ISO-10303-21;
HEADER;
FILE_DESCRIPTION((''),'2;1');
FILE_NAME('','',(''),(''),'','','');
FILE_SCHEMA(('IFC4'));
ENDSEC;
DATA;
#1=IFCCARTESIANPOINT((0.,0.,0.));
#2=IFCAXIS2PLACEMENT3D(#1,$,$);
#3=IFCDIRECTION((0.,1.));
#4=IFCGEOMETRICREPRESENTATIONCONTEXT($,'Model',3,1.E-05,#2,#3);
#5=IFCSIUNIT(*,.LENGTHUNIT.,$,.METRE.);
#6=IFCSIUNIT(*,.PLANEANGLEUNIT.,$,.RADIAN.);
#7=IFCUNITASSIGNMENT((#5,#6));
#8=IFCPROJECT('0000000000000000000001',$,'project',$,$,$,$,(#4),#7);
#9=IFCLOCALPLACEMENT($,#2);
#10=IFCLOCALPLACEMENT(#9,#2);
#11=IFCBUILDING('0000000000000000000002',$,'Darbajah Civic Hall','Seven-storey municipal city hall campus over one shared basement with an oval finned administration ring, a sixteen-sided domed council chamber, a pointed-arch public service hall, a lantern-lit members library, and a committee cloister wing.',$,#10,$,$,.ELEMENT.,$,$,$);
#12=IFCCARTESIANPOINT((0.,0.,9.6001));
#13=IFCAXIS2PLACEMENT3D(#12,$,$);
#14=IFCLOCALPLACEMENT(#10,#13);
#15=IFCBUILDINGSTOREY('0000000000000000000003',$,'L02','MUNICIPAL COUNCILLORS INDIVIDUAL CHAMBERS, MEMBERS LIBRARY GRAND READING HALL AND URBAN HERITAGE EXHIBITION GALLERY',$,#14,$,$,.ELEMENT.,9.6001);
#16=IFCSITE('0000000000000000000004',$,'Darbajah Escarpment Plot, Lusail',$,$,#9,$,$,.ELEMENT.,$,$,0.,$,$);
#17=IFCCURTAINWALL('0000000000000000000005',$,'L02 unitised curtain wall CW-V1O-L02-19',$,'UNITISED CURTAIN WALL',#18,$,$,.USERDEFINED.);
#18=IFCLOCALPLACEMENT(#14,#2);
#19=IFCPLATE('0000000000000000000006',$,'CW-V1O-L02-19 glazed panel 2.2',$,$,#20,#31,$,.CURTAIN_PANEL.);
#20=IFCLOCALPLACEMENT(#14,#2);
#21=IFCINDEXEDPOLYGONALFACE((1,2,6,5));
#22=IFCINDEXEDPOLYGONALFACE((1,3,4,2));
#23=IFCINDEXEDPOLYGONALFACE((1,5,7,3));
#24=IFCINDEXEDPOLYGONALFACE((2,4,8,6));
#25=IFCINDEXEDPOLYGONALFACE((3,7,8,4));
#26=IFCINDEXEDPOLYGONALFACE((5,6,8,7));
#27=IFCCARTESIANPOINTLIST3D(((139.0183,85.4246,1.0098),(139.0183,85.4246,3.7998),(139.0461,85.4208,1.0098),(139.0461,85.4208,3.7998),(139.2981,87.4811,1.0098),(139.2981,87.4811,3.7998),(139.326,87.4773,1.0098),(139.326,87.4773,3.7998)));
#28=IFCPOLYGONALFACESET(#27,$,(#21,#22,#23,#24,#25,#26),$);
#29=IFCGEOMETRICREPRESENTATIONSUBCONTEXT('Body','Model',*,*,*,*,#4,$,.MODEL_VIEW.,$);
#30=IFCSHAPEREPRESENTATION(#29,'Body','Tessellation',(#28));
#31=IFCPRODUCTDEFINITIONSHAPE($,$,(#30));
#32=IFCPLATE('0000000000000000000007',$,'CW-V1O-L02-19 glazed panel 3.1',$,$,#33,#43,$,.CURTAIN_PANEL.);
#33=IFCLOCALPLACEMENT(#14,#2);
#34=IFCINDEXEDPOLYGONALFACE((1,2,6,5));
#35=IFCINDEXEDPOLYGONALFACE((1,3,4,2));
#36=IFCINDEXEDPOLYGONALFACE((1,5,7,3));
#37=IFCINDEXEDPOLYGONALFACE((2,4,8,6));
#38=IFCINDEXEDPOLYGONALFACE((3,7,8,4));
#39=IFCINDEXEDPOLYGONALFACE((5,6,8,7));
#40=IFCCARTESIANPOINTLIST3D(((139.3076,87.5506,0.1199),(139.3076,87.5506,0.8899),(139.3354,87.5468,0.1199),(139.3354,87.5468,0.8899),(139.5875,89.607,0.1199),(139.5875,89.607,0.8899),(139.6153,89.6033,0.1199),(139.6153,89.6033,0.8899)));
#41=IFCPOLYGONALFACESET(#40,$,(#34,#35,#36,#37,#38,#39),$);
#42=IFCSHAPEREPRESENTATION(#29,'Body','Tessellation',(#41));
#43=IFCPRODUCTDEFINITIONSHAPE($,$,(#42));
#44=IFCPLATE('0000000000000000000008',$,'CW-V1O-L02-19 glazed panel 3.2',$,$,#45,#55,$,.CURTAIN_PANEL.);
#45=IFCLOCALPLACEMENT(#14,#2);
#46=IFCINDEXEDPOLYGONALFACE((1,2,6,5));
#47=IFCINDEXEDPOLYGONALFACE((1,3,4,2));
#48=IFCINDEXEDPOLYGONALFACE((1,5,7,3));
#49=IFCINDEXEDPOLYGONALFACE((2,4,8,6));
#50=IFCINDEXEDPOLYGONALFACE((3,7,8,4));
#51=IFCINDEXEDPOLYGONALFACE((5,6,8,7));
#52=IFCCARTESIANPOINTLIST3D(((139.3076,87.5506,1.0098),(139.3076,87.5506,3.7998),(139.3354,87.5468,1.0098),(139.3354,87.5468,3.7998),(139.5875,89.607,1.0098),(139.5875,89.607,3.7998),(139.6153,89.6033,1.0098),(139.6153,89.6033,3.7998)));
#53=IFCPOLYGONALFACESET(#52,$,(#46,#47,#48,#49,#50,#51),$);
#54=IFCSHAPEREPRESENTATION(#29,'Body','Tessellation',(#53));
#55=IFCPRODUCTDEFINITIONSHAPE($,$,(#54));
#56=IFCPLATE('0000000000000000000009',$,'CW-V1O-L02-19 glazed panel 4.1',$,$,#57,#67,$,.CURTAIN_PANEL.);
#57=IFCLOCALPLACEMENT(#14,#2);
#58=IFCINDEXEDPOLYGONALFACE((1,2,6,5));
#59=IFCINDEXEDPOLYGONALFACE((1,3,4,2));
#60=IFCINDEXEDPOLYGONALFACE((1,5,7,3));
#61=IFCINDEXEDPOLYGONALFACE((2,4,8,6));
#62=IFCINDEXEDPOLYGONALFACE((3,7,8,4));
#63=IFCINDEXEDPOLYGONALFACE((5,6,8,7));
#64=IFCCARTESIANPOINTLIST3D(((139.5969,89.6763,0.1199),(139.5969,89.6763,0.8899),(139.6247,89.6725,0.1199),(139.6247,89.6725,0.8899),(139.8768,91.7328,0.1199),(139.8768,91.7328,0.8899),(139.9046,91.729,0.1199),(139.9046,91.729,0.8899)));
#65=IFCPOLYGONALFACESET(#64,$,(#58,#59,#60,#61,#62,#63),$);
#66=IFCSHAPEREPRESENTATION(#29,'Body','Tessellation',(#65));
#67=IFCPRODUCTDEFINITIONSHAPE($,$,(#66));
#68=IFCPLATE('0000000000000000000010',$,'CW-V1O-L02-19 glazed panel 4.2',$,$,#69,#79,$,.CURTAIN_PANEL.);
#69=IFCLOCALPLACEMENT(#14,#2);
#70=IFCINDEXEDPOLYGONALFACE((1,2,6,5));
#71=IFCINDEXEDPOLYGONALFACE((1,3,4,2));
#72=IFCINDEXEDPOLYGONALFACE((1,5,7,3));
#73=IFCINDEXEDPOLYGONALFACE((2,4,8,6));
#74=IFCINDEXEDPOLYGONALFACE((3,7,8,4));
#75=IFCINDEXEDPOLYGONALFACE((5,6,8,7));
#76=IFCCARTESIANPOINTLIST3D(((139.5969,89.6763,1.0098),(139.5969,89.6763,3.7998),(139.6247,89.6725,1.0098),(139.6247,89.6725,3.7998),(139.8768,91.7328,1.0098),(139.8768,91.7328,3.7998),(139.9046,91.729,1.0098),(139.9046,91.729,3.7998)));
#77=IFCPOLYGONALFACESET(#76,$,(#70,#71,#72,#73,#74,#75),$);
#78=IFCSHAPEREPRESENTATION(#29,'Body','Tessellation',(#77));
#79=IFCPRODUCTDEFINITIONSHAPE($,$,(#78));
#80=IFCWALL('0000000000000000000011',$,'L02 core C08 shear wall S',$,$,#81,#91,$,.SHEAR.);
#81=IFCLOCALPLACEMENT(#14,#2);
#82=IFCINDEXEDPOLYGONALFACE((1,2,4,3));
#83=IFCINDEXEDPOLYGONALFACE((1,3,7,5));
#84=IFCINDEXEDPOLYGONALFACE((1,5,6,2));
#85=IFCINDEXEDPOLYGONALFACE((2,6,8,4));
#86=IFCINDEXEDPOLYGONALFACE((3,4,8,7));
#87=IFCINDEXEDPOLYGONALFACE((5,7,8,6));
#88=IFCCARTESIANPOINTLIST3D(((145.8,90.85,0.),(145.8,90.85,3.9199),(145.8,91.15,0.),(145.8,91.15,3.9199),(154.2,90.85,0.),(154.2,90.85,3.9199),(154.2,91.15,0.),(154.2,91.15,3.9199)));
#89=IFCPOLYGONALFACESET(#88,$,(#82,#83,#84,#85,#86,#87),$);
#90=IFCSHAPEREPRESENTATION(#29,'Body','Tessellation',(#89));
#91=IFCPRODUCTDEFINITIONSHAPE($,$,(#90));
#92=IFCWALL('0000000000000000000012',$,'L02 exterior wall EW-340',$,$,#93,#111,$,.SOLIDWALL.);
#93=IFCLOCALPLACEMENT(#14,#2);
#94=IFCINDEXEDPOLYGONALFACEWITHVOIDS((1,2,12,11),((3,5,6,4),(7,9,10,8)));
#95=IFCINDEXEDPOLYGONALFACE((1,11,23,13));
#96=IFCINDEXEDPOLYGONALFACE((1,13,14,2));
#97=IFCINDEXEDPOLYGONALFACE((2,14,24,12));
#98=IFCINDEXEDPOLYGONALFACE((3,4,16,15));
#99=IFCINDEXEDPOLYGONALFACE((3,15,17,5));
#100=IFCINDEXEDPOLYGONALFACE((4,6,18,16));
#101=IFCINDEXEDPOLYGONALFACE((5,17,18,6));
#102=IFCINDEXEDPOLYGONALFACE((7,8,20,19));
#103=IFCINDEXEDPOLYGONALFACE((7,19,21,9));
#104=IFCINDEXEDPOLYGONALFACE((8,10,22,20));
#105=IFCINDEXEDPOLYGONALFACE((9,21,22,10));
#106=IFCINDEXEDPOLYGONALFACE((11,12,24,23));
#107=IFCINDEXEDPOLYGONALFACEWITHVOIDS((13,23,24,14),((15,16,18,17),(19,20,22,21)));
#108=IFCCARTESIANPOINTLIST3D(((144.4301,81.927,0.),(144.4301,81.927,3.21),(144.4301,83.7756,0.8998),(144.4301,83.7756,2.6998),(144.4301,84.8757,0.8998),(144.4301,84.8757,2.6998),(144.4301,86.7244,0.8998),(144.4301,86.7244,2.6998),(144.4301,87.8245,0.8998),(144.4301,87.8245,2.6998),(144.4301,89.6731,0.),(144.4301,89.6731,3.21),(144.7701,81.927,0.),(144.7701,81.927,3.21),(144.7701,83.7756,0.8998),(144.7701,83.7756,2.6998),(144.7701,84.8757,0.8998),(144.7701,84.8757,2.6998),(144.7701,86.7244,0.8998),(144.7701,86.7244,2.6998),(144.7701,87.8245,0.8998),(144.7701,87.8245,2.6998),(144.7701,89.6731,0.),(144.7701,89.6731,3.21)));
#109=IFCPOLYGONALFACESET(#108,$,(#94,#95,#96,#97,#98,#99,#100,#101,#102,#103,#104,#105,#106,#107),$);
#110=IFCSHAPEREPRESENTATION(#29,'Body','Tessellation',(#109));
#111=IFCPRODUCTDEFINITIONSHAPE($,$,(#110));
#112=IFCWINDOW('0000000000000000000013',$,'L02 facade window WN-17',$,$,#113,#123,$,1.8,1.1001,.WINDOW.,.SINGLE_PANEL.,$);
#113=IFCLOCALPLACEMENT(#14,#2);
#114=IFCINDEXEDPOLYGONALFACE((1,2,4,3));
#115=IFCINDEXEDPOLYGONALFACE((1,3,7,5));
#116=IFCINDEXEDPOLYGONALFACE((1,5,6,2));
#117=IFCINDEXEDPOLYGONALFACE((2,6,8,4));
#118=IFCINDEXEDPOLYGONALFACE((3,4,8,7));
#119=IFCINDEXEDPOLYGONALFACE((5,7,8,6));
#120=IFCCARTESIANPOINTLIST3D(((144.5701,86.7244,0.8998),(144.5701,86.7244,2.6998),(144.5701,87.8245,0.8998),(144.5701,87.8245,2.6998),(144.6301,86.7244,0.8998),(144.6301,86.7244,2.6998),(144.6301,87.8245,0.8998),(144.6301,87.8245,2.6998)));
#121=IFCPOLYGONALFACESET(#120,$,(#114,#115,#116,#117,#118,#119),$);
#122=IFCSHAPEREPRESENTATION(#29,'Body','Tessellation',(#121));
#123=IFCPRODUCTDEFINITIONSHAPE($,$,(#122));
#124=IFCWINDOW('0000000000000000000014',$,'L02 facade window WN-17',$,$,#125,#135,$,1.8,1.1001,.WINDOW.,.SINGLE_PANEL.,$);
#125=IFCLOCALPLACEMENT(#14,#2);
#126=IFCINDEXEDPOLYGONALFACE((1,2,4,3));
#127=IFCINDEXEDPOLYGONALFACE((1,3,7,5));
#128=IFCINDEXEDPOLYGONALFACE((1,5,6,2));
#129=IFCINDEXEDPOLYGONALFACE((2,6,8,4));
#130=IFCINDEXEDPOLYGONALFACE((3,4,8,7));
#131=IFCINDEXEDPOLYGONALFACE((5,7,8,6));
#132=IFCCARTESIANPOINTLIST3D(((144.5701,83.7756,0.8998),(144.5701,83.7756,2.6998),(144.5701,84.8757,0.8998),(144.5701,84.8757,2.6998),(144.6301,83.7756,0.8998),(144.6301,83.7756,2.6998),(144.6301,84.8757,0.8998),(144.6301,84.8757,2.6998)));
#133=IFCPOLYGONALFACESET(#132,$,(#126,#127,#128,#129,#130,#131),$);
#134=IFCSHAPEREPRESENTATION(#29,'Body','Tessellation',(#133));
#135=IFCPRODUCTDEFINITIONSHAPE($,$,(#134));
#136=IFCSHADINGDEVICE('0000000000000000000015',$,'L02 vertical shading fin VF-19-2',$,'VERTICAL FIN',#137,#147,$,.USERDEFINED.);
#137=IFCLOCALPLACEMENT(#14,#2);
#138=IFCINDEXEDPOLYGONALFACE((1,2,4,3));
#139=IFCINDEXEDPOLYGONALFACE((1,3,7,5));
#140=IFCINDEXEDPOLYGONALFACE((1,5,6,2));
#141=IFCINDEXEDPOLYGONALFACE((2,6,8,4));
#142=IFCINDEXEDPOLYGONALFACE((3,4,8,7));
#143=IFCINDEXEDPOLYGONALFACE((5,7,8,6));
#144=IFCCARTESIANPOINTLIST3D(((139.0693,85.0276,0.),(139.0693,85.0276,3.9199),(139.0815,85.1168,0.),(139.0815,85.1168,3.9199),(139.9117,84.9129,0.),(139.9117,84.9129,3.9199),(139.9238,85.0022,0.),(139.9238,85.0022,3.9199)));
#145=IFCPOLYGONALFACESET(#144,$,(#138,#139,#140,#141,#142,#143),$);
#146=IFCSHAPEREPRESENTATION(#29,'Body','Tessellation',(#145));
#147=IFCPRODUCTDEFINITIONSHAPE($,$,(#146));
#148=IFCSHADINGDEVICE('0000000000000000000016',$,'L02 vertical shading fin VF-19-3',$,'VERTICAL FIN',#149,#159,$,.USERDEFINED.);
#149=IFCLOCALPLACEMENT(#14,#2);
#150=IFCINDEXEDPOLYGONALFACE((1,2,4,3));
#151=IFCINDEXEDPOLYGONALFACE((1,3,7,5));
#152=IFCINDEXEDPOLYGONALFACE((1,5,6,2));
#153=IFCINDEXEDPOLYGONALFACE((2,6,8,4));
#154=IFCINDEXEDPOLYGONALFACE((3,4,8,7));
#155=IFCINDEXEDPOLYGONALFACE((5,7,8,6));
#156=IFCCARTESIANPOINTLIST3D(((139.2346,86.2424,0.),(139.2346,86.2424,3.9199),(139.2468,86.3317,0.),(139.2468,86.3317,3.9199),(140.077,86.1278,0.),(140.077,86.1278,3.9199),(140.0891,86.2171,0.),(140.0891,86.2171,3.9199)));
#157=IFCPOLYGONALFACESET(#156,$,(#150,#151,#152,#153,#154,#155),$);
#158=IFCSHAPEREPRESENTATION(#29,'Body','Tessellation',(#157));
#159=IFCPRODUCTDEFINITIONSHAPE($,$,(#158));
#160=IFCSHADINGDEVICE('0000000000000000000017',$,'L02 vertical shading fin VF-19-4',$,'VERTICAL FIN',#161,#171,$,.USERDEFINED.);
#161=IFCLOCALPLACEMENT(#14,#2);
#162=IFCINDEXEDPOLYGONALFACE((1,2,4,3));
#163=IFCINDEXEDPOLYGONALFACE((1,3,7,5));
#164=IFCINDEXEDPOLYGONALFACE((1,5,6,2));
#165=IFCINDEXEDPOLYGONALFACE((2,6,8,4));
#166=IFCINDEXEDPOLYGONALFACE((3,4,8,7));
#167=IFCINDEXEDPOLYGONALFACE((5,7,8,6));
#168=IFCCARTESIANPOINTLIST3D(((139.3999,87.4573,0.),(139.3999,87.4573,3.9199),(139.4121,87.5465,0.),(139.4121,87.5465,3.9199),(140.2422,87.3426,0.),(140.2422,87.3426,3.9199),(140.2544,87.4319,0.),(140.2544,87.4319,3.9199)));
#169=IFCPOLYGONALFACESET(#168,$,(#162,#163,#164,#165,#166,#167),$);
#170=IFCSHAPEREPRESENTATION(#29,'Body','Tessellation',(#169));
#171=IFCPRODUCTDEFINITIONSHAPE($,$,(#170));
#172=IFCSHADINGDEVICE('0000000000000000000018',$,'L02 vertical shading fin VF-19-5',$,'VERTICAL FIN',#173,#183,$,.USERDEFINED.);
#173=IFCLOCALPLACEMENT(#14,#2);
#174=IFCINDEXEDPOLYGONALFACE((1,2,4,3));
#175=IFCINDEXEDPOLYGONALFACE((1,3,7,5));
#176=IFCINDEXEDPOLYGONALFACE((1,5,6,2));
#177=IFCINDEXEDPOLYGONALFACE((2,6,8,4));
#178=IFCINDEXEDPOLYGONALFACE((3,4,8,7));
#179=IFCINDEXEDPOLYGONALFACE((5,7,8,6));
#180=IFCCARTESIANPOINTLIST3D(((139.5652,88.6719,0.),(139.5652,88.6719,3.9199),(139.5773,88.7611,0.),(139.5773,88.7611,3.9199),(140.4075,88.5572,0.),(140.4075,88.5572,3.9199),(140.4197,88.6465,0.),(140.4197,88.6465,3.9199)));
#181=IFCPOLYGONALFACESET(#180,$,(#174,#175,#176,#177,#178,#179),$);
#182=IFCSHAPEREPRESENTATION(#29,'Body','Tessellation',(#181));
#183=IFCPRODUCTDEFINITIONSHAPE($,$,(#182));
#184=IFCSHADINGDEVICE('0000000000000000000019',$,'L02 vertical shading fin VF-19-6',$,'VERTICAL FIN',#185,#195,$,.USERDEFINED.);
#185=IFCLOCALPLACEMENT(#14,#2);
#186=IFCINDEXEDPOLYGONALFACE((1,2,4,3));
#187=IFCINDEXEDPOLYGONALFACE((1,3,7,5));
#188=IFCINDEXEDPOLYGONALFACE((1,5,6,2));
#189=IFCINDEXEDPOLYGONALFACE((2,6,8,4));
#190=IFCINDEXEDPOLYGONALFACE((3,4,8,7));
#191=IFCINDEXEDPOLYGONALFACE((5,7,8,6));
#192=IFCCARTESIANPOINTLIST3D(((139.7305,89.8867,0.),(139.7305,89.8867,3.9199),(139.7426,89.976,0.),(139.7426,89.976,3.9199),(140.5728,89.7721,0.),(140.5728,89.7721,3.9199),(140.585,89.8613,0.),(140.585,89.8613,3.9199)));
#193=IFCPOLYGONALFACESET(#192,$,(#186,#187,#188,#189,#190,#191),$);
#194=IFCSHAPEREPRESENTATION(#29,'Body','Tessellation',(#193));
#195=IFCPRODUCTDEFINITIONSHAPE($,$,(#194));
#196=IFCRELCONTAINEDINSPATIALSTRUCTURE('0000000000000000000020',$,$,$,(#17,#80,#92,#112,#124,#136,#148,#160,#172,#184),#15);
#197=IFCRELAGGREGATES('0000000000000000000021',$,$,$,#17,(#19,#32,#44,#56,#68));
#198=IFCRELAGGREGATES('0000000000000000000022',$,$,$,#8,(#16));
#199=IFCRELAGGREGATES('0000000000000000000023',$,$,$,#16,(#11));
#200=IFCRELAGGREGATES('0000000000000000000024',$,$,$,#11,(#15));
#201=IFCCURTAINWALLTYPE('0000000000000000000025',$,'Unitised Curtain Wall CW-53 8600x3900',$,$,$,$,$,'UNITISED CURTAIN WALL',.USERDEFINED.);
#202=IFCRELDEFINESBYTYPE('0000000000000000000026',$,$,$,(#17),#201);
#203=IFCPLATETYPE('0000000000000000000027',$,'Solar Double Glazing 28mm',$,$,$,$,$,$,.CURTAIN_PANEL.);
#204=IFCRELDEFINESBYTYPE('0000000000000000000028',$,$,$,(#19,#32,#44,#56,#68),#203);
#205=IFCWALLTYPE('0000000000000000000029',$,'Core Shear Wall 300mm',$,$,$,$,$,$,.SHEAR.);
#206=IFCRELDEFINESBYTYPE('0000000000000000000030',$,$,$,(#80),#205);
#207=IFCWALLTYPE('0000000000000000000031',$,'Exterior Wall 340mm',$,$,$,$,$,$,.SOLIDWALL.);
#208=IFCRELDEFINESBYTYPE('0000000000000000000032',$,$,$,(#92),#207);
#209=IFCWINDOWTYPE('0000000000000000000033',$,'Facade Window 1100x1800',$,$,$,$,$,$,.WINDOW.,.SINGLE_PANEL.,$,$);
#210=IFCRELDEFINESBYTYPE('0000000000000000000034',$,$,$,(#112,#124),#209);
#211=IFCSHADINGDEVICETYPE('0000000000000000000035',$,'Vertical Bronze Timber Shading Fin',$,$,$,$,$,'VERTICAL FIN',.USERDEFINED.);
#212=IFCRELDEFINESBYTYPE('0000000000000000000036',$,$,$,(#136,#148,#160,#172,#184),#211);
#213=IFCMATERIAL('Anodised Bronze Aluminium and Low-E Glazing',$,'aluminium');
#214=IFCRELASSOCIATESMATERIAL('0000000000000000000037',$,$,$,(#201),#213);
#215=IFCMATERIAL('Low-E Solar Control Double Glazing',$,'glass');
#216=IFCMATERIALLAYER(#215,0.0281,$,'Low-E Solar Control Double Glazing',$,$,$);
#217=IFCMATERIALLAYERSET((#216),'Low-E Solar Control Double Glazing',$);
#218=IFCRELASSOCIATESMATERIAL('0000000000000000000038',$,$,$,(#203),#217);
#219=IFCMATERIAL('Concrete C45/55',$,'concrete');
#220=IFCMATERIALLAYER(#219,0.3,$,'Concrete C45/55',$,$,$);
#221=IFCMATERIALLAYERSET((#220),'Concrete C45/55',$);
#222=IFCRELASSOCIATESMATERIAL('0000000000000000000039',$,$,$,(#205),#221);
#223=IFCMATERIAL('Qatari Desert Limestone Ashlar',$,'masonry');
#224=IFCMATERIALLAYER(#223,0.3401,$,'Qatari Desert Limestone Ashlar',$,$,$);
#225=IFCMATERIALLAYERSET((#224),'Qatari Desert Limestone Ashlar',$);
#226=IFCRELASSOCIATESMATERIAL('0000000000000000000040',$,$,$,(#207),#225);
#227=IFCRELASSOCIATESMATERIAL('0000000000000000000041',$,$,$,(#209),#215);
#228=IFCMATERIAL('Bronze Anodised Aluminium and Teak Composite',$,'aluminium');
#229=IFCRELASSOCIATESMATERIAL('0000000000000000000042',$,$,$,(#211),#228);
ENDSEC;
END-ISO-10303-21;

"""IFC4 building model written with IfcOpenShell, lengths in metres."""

from ifc_helpers import new_model, si_unit, direction, frame, frame_2d, origin, origin_2d, place, context, subcontext, project, spatial, rectangle, extrude, material, layer, layer_set, type_object, element, fill, aggregate, save


model = new_model("IFC4")

# Units and contexts
model_context = context("Model", 3, precision=1e-05, world=origin(), true_north=direction((0.0, 1.0)))
body_context = subcontext(model_context, "Body", "Model", "MODEL_VIEW")
ifc_project = project(units=[si_unit("LENGTHUNIT", "METRE"), si_unit("PLANEANGLEUNIT", "RADIAN")], contexts=[model_context])

# Site, building, storey
site_placement = place(None, origin())
site = spatial("IfcSite", under=ifc_project, at=site_placement, Name="Darbajah Escarpment Plot, Lusail", CompositionType="ELEMENT", RefElevation=0.0)
building_placement = place(site_placement, origin())
building = spatial("IfcBuilding", under=site, at=building_placement, Name="Darbajah Civic Hall", Description="Seven-storey municipal city hall campus over one shared basement with an oval finned administration ring, a sixteen-sided domed council chamber, a pointed-arch public service hall, a lantern-lit members library, and a committee cloister wing.", CompositionType="ELEMENT")
storey_placement = place(building_placement, frame((0.0, 0.0, 9.6001)))
storey = spatial("IfcBuildingStorey", under=building, at=storey_placement, Name="L02", Description="MUNICIPAL COUNCILLORS INDIVIDUAL CHAMBERS, MEMBERS LIBRARY GRAND READING HALL AND URBAN HERITAGE EXHIBITION GALLERY", CompositionType="ELEMENT", Elevation=9.6001)

# Shared definitions
ifc_material_1 = material(Name="Concrete C45/55", Category="concrete")

# Curtain wall
ifc_material_2 = material(Name="Anodised Bronze Aluminium and Low-E Glazing", Category="aluminium")
curtain_wall_type = type_object("IfcCurtainWallType", Name="Unitised Curtain Wall CW-53 8600x3900", ElementType="UNITISED CURTAIN WALL", PredefinedType="USERDEFINED", material=ifc_material_2)
curtain_wall_placement = place(storey_placement, origin())
curtain_wall = element("IfcCurtainWall", 1, at=curtain_wall_placement, inside=storey, type_object=curtain_wall_type, Name="L02 unitised curtain wall CW-V1O-L02-19", ObjectType="UNITISED CURTAIN WALL", PredefinedType="USERDEFINED")

# Plates
ifc_material_3 = material(Name="Low-E Solar Control Double Glazing", Category="glass")
ifc_layer_1 = layer(ifc_material_3, 0.0281, Name="Low-E Solar Control Double Glazing")
ifc_layer_set_1 = layer_set([ifc_layer_1], Name="Low-E Solar Control Double Glazing")
plate_type = type_object("IfcPlateType", Name="Solar Double Glazing 28mm", PredefinedType="CURTAIN_PANEL", material=ifc_layer_set_1)
plate_1_placement = place(storey_placement, frame((139.1721, 86.4509, 1.0098), z_axis=(0.0, 0.0, 1.0), x_axis=(0.134851, 0.990866, 0.0)))
plate_1 = element("IfcPlate", 2, at=plate_1_placement, type_object=plate_type, Name="CW-V1O-L02-19 glazed panel 2.2", PredefinedType="CURTAIN_PANEL", context=body_context, shape_type="SweptSolid", body=[
    extrude(rectangle(XDim=2.0754, YDim=0.0281, at=origin_2d()), origin(), (0.0, 0.0, 1.0), 2.79),
])
plate_2_placement = place(storey_placement, frame((139.4614, 88.5769, 0.1199), z_axis=(0.0, 0.0, 1.0), x_axis=(0.134851, 0.990866, 0.0)))
plate_2 = element("IfcPlate", 3, at=plate_2_placement, type_object=plate_type, Name="CW-V1O-L02-19 glazed panel 3.1", PredefinedType="CURTAIN_PANEL", context=body_context, shape_type="SweptSolid", body=[
    extrude(rectangle(XDim=2.0754, YDim=0.0281, at=origin_2d()), origin(), (0.0, 0.0, 1.0), 0.77),
])
plate_3_placement = place(storey_placement, frame((139.4614, 88.5769, 1.0098), z_axis=(0.0, 0.0, 1.0), x_axis=(0.134851, 0.990866, 0.0)))
plate_3 = element("IfcPlate", 4, at=plate_3_placement, type_object=plate_type, Name="CW-V1O-L02-19 glazed panel 3.2", PredefinedType="CURTAIN_PANEL", context=body_context, shape_type="SweptSolid", body=[
    extrude(rectangle(XDim=2.0754, YDim=0.0281, at=origin_2d()), origin(), (0.0, 0.0, 1.0), 2.79),
])
plate_4_placement = place(storey_placement, frame((139.7507, 90.7026, 0.1199), z_axis=(0.0, 0.0, 1.0), x_axis=(0.134851, 0.990866, 0.0)))
plate_4 = element("IfcPlate", 5, at=plate_4_placement, type_object=plate_type, Name="CW-V1O-L02-19 glazed panel 4.1", PredefinedType="CURTAIN_PANEL", context=body_context, shape_type="SweptSolid", body=[
    extrude(rectangle(XDim=2.0754, YDim=0.0281, at=origin_2d()), origin(), (0.0, 0.0, 1.0), 0.77),
])
plate_5_placement = place(storey_placement, frame((139.7507, 90.7026, 1.0098), z_axis=(0.0, 0.0, 1.0), x_axis=(0.134851, 0.990866, 0.0)))
plate_5 = element("IfcPlate", 6, at=plate_5_placement, type_object=plate_type, Name="CW-V1O-L02-19 glazed panel 4.2", PredefinedType="CURTAIN_PANEL", context=body_context, shape_type="SweptSolid", body=[
    extrude(rectangle(XDim=2.0754, YDim=0.0281, at=origin_2d()), origin(), (0.0, 0.0, 1.0), 2.79),
])
aggregate(curtain_wall, [plate_1, plate_2, plate_3, plate_4, plate_5])

# Wall
ifc_layer_2 = layer(ifc_material_1, 0.3, Name="Concrete C45/55")
ifc_layer_set_2 = layer_set([ifc_layer_2], Name="Concrete C45/55")
wall_type_1 = type_object("IfcWallType", Name="Core Shear Wall 300mm", PredefinedType="SHEAR", material=ifc_layer_set_2)
wall_1_placement = place(storey_placement, frame((145.8, 91.0, 0.0), z_axis=(0.0, 0.0, 1.0), x_axis=(1.0, 0.0, 0.0)))
element("IfcWall", 7, at=wall_1_placement, inside=storey, type_object=wall_type_1, Name="L02 core C08 shear wall S", PredefinedType="SHEAR", context=body_context, shape_type="SweptSolid", body=[
    extrude(rectangle(XDim=8.3999, YDim=0.3, at=frame_2d((4.2, 0.0))), origin(), (0.0, 0.0, 1.0), 3.9199),
])

# Wall, openings, windows
ifc_material_4 = material(Name="Qatari Desert Limestone Ashlar", Category="masonry")
ifc_layer_3 = layer(ifc_material_4, 0.3401, Name="Qatari Desert Limestone Ashlar")
ifc_layer_set_3 = layer_set([ifc_layer_3], Name="Qatari Desert Limestone Ashlar")
wall_type_2 = type_object("IfcWallType", Name="Exterior Wall 340mm", PredefinedType="SOLIDWALL", material=ifc_layer_set_3)
wall_2_placement = place(storey_placement, frame((144.6001, 89.6731, 0.0), z_axis=(0.0, 0.0, 1.0), x_axis=(0.0, -1.0, 0.0)))
wall_2 = element("IfcWall", 8, at=wall_2_placement, inside=storey, type_object=wall_type_2, Name="L02 exterior wall EW-340", PredefinedType="SOLIDWALL", context=body_context, shape_type="SweptSolid", body=[
    extrude(rectangle(XDim=7.7461, YDim=0.3401, at=frame_2d((3.873, 0.0))), origin(), (0.0, 0.0, 1.0), 3.21),
])
opening_1_placement = place(wall_2_placement, frame((1.8486, 0.0, 0.8999)))
opening_1 = element("IfcOpeningElement", 9, at=opening_1_placement, cuts=wall_2, PredefinedType="OPENING", context=body_context, shape_type="SweptSolid", body=[
    extrude(rectangle(XDim=1.1001, YDim=1.8, at=frame_2d((0.55, 0.8999))), frame((0.0, 0.1799, 0.0), z_axis=(0.0, -1.0, 0.0), x_axis=(1.0, 0.0, 0.0)), (0.0, 0.0, 1.0), 0.3601),
])
opening_2_placement = place(wall_2_placement, frame((4.7974, 0.0, 0.8999)))
opening_2 = element("IfcOpeningElement", 10, at=opening_2_placement, cuts=wall_2, PredefinedType="OPENING", context=body_context, shape_type="SweptSolid", body=[
    extrude(rectangle(XDim=1.1001, YDim=1.8, at=frame_2d((0.55, 0.8999))), frame((0.0, 0.1799, 0.0), z_axis=(0.0, -1.0, 0.0), x_axis=(1.0, 0.0, 0.0)), (0.0, 0.0, 1.0), 0.3601),
])
window_type = type_object("IfcWindowType", Name="Facade Window 1100x1800", PartitioningType="SINGLE_PANEL", PredefinedType="WINDOW", material=ifc_material_3)
window_1_placement = place(opening_1_placement, origin())
window_1 = element("IfcWindow", 11, at=window_1_placement, inside=storey, type_object=window_type, Name="L02 facade window WN-17", OverallHeight=1.8, OverallWidth=1.1001, PartitioningType="SINGLE_PANEL", PredefinedType="WINDOW", context=body_context, shape_type="SweptSolid", body=[
    extrude(rectangle(XDim=1.1001, YDim=1.8, at=frame_2d((0.55, 0.8999))), frame((0.0, 0.03, 0.0), z_axis=(0.0, -1.0, 0.0), x_axis=(1.0, 0.0, 0.0)), (0.0, 0.0, 1.0), 0.0601),
])
fill(opening_1, window_1)
window_2_placement = place(opening_2_placement, origin())
window_2 = element("IfcWindow", 12, at=window_2_placement, inside=storey, type_object=window_type, Name="L02 facade window WN-17", OverallHeight=1.8, OverallWidth=1.1001, PartitioningType="SINGLE_PANEL", PredefinedType="WINDOW", context=body_context, shape_type="SweptSolid", body=[
    extrude(rectangle(XDim=1.1001, YDim=1.8, at=frame_2d((0.55, 0.8999))), frame((0.0, 0.03, 0.0), z_axis=(0.0, -1.0, 0.0), x_axis=(1.0, 0.0, 0.0)), (0.0, 0.0, 1.0), 0.0601),
])
fill(opening_2, window_2)

# Shading devices
ifc_material_5 = material(Name="Bronze Anodised Aluminium and Teak Composite", Category="aluminium")
shading_device_type = type_object("IfcShadingDeviceType", Name="Vertical Bronze Timber Shading Fin", ElementType="VERTICAL FIN", PredefinedType="USERDEFINED", material=ifc_material_5)
for number, where, z_axis, x_axis, name in (
    (13, (139.4966, 85.0149, 0.0), (0.0, 0.0, 1.0), (0.990866, -0.134851, 0.0), "L02 vertical shading fin VF-19-2"),
    (14, (139.6619, 86.2297, 0.0), (0.0, 0.0, 1.0), (0.990866, -0.134851, 0.0), "L02 vertical shading fin VF-19-3"),
    (15, (139.8271, 87.4446, 0.0), (0.0, 0.0, 1.0), (0.990866, -0.134851, 0.0), "L02 vertical shading fin VF-19-4"),
    (16, (139.9924, 88.6592, 0.0), (0.0, 0.0, 1.0), (0.990866, -0.134851, 0.0), "L02 vertical shading fin VF-19-5"),
    (17, (140.1577, 89.874, 0.0), (0.0, 0.0, 1.0), (0.990866, -0.134851, 0.0), "L02 vertical shading fin VF-19-6"),
):
    element("IfcShadingDevice", number, at=place(storey_placement, frame(where, z_axis=z_axis, x_axis=x_axis)), inside=storey, type_object=shading_device_type, Name=name, ObjectType="VERTICAL FIN", PredefinedType="USERDEFINED", context=body_context, shape_type="SweptSolid", body=[
        extrude(rectangle(XDim=0.8501, YDim=0.0901, at=origin_2d()), origin(), (0.0, 0.0, 1.0), 3.9199),
    ])

save(model, "model.ifc")
